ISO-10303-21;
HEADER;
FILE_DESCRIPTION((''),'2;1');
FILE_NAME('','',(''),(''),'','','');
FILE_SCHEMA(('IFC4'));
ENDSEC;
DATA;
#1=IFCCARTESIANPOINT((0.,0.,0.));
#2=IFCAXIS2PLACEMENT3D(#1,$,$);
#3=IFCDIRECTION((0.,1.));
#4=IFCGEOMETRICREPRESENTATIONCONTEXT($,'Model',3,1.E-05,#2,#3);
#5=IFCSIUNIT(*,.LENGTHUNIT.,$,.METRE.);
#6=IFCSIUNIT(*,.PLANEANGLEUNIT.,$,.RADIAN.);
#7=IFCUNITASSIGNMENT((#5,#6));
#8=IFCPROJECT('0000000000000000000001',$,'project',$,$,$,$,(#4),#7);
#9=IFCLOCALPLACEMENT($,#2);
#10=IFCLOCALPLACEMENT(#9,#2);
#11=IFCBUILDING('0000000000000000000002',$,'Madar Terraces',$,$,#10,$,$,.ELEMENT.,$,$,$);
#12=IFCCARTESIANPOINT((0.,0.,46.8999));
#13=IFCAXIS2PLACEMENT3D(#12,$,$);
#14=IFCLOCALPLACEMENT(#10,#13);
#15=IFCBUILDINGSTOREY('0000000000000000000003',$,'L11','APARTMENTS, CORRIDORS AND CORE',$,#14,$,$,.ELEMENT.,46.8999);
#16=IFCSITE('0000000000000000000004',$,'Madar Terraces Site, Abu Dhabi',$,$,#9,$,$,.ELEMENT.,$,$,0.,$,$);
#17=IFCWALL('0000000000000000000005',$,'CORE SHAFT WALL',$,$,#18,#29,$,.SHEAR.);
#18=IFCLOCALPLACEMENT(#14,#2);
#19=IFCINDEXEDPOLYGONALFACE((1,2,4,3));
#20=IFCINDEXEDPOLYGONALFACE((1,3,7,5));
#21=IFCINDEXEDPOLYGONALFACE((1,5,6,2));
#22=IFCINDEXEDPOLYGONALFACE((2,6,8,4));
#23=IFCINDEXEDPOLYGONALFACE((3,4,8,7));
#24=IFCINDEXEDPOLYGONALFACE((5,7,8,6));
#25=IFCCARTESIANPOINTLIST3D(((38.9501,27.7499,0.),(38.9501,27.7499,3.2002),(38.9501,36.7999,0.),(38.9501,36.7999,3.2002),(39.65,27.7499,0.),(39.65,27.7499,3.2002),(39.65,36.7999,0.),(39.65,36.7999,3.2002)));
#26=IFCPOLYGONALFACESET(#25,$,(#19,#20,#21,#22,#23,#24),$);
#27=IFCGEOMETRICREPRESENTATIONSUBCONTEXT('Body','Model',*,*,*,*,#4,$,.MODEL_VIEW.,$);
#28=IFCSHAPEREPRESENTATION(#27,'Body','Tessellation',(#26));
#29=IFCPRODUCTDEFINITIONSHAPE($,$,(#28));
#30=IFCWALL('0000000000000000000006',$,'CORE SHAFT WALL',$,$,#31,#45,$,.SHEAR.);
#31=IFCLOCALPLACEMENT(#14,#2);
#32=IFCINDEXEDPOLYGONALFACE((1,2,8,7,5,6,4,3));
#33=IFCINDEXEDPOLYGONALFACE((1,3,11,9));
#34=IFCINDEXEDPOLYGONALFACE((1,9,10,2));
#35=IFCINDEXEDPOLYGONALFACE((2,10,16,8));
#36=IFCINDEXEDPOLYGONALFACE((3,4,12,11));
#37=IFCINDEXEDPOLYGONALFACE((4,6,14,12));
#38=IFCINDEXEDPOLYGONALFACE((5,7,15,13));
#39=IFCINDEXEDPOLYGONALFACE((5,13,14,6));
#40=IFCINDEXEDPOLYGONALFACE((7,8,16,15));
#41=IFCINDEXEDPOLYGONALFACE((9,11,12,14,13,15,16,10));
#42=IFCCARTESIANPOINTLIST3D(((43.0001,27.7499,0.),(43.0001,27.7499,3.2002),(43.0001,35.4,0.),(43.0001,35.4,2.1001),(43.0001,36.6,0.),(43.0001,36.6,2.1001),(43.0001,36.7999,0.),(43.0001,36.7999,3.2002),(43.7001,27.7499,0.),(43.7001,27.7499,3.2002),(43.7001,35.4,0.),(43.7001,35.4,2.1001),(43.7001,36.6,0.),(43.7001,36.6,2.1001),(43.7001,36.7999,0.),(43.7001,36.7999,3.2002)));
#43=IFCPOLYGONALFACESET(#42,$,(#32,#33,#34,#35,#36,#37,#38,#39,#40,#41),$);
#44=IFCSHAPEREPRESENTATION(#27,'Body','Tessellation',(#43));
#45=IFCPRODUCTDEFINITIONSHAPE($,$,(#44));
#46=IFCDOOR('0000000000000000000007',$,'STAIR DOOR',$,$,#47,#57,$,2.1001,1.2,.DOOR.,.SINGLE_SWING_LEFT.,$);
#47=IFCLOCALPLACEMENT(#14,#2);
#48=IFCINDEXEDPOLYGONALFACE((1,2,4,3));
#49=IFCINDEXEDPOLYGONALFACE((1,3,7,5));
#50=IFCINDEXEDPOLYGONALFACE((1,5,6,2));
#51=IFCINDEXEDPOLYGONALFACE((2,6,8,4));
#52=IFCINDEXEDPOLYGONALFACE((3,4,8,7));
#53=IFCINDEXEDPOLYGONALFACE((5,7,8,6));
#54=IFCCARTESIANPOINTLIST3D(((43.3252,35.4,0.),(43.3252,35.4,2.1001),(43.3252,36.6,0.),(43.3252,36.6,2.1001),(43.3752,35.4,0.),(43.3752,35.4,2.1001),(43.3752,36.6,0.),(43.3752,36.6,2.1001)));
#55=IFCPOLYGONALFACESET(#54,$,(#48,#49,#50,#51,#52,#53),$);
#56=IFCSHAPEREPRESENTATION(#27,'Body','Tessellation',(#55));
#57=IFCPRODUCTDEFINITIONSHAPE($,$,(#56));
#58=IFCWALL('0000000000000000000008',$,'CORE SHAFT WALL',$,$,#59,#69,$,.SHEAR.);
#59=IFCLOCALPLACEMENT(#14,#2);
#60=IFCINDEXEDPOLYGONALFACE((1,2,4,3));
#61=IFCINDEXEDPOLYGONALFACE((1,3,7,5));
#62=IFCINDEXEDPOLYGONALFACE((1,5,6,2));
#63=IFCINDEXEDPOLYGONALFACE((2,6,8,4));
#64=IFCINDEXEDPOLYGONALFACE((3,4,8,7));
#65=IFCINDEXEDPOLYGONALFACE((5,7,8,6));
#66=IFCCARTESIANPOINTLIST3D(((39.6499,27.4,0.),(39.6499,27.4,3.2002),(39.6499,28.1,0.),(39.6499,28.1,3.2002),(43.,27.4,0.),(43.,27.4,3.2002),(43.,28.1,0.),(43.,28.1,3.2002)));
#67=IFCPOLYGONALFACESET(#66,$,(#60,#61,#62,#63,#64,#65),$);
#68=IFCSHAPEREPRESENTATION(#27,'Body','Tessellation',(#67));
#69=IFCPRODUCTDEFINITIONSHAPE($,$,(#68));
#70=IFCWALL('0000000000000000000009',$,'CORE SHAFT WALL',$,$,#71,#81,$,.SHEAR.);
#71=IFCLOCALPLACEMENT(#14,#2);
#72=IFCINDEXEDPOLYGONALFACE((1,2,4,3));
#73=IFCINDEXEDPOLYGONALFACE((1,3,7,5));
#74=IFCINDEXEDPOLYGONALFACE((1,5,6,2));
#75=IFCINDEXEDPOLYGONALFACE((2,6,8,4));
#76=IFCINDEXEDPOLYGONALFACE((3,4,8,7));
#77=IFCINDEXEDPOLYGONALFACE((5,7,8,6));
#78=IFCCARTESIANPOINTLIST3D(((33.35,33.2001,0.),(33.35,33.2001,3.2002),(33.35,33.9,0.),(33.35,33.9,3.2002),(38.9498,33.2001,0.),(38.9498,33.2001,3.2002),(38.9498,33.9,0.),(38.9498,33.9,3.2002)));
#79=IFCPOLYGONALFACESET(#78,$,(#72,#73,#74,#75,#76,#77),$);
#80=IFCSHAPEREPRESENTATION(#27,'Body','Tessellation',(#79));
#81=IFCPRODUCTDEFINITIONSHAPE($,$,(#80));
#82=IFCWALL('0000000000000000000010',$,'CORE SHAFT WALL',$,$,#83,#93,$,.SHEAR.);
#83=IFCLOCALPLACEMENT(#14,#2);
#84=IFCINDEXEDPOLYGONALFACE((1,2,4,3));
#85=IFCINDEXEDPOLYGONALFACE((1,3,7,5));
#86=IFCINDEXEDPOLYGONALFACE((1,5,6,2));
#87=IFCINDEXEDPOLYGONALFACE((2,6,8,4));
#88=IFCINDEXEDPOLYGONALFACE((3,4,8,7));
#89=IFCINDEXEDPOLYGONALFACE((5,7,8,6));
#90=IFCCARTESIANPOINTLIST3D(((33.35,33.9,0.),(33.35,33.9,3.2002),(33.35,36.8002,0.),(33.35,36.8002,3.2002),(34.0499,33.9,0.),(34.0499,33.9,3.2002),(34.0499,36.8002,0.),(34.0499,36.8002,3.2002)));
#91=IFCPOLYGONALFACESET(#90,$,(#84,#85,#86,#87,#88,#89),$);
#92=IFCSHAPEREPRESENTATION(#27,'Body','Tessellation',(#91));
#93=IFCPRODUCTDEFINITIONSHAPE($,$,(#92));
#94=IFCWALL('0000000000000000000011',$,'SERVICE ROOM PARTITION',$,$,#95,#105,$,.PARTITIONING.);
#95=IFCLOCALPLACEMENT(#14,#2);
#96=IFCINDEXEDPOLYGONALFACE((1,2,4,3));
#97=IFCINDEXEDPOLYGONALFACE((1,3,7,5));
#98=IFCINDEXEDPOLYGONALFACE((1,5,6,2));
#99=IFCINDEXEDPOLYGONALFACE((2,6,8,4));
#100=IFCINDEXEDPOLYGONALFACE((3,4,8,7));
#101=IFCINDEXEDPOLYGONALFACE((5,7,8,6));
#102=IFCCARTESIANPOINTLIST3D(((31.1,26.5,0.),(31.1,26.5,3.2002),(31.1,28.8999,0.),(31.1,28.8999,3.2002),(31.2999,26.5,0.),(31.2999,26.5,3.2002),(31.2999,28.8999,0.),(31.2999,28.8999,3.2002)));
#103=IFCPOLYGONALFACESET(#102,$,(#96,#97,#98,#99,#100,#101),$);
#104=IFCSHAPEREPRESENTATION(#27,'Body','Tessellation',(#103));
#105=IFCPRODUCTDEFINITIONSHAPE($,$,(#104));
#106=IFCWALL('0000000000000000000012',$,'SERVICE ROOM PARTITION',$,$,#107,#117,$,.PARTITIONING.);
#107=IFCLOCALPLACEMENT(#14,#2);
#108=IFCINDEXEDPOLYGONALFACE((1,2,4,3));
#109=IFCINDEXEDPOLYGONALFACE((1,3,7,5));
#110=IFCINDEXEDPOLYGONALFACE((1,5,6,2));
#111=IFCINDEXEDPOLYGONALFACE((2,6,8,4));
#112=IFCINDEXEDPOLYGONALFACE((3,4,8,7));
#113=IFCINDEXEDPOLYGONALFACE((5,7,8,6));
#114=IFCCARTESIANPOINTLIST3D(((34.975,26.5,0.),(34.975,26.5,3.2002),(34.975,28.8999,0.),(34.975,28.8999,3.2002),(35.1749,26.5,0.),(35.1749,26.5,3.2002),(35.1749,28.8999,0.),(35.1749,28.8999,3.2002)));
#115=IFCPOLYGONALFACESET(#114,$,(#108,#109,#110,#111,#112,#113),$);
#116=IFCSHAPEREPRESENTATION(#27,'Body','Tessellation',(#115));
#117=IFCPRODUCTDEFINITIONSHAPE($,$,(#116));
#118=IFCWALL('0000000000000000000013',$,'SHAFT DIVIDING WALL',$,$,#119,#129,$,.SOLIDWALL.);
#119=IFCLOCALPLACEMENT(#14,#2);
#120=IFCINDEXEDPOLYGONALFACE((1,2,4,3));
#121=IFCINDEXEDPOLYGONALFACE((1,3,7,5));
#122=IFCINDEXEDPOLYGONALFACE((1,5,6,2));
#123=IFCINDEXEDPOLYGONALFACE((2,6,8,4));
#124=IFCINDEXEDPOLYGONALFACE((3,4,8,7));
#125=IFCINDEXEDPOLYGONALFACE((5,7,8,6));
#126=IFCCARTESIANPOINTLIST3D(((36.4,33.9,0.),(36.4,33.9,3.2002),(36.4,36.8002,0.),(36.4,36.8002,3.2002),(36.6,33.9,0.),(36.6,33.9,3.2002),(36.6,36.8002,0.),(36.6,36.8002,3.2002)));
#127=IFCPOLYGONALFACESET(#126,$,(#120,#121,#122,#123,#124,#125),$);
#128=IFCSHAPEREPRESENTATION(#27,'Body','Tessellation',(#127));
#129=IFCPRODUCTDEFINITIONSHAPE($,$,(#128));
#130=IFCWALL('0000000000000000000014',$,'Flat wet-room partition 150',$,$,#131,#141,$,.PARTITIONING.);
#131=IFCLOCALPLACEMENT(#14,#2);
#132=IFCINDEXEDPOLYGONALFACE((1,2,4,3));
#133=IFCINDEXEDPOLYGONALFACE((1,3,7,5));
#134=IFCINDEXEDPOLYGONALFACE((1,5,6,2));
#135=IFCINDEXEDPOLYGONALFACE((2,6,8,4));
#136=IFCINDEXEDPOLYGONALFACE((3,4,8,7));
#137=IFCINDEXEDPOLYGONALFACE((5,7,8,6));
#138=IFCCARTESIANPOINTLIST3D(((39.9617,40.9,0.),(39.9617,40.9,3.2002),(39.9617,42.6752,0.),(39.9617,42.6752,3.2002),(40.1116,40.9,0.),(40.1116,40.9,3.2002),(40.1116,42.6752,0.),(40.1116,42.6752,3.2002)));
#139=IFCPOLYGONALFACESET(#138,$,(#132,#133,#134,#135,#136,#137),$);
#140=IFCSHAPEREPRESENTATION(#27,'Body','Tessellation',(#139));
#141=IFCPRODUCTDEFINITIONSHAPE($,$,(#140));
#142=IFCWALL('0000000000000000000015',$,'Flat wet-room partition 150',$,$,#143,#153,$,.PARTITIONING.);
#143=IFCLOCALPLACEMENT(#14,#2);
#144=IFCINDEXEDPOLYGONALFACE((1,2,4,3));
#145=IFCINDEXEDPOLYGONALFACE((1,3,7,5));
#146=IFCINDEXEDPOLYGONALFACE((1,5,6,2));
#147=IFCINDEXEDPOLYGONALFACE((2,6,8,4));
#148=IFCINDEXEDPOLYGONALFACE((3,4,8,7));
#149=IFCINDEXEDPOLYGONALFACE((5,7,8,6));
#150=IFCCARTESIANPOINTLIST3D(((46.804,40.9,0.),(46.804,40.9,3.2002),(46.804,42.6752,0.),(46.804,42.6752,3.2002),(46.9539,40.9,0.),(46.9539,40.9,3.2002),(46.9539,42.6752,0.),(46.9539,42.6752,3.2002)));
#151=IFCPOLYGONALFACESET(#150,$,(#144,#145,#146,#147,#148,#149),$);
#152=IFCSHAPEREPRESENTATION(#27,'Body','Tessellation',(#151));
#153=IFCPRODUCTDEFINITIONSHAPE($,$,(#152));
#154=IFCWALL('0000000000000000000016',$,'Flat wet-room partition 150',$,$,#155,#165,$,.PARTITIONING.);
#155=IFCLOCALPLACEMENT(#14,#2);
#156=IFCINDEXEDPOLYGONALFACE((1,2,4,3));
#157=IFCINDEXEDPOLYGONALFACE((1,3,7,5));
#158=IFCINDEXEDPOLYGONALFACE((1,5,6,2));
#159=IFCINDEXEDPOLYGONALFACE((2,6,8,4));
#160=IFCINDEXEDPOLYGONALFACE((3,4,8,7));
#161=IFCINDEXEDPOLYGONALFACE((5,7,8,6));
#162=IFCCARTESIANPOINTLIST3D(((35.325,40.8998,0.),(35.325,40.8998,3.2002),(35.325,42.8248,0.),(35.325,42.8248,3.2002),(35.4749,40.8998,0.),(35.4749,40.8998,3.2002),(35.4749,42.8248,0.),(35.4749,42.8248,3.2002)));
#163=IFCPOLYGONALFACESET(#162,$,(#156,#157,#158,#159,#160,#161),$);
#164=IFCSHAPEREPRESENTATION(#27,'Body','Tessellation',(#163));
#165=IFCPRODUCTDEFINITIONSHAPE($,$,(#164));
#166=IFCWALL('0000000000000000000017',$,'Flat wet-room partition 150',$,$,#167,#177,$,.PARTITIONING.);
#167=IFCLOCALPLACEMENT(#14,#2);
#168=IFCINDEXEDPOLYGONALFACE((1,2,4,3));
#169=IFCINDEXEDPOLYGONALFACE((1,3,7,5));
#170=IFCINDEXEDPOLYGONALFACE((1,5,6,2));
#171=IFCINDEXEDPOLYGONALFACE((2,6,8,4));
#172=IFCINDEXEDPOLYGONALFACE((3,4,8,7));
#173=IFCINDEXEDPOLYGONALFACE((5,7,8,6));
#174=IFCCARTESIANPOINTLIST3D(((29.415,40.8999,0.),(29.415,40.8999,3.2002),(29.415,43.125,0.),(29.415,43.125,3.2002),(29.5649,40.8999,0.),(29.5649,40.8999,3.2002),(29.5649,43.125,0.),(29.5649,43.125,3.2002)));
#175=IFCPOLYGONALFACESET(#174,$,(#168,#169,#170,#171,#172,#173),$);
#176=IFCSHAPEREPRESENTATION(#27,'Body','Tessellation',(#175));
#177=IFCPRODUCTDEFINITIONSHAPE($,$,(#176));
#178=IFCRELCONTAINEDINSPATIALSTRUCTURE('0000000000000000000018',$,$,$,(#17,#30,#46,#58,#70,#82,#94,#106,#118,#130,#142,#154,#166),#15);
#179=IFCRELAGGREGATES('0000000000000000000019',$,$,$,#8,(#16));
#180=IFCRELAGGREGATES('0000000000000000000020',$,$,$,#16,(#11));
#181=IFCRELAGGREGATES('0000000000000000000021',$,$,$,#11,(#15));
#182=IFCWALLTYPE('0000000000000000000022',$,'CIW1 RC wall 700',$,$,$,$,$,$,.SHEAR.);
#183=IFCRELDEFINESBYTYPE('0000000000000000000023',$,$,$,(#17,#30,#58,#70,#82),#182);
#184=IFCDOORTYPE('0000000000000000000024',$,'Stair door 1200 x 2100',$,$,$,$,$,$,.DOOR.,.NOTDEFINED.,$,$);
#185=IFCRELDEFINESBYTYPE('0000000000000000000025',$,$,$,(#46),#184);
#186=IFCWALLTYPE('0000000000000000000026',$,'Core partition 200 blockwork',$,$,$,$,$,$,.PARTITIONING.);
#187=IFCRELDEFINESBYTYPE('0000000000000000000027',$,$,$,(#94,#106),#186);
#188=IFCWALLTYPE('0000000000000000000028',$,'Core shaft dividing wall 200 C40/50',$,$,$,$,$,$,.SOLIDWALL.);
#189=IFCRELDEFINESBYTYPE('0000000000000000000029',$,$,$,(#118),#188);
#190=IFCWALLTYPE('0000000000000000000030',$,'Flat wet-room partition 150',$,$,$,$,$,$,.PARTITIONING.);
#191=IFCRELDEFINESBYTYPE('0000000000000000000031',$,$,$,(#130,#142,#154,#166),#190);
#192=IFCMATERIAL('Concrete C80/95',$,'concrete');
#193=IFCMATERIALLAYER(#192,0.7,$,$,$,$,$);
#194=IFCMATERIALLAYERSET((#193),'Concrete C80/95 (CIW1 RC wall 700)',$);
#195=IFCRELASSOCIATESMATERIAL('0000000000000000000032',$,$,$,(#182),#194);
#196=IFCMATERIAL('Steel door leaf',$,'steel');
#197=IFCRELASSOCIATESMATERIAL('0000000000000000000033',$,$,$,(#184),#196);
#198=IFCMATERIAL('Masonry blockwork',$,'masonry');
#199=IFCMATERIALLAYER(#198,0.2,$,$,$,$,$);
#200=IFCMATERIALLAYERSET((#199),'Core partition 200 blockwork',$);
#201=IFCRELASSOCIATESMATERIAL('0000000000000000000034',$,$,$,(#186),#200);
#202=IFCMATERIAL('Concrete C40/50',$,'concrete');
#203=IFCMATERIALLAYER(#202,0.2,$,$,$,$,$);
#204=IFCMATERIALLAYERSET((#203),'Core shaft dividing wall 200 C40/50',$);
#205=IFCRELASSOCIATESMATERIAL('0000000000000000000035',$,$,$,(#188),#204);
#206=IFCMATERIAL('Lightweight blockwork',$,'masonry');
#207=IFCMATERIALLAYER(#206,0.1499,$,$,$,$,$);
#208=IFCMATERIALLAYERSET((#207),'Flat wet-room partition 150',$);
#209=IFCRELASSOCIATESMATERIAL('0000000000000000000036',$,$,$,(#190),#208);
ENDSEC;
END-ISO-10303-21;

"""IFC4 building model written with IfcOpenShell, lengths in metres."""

from ifc_helpers import new_model, si_unit, direction, frame, frame_2d, origin, place, context, subcontext, project, spatial, rectangle, extrude, material, layer, layer_set, type_object, element, fill, save


model = new_model("IFC4")

# Units and contexts
model_context = context("Model", 3, precision=1e-05, world=origin(), true_north=direction((0.0, 1.0)))
body_context = subcontext(model_context, "Body", "Model", "MODEL_VIEW")
ifc_project = project(units=[si_unit("LENGTHUNIT", "METRE"), si_unit("PLANEANGLEUNIT", "RADIAN")], contexts=[model_context])

# Site, building, storey
site_placement = place(None, origin())
site = spatial("IfcSite", under=ifc_project, at=site_placement, Name="Madar Terraces Site, Abu Dhabi", CompositionType="ELEMENT", RefElevation=0.0)
building_placement = place(site_placement, origin())
building = spatial("IfcBuilding", under=site, at=building_placement, Name="Madar Terraces", CompositionType="ELEMENT")
storey_placement = place(building_placement, frame((0.0, 0.0, 46.8999)))
storey = spatial("IfcBuildingStorey", under=building, at=storey_placement, Name="L11", Description="APARTMENTS, CORRIDORS AND CORE", CompositionType="ELEMENT", Elevation=46.8999)

# Wall
ifc_material_1 = material(Name="Concrete C80/95", Category="concrete")
ifc_layer_1 = layer(ifc_material_1, 0.7)
ifc_layer_set_1 = layer_set([ifc_layer_1], Name="Concrete C80/95 (CIW1 RC wall 700)")
wall_type_1 = type_object("IfcWallType", Name="CIW1 RC wall 700", PredefinedType="SHEAR", material=ifc_layer_set_1)
wall_1_placement = place(storey_placement, frame((39.3, 27.75, 0.0), z_axis=(0.0, 0.0, 1.0), x_axis=(0.0, 1.0, 0.0)))
element("IfcWall", 1, at=wall_1_placement, inside=storey, type_object=wall_type_1, Name="CORE SHAFT WALL", PredefinedType="SHEAR", context=body_context, shape_type="SweptSolid", body=[
    extrude(rectangle(XDim=9.05, YDim=0.7, at=frame_2d((4.5249, 0.0))), origin(), (0.0, 0.0, 1.0), 3.2002),
])

# Wall, opening, door
wall_2_placement = place(storey_placement, frame((43.3501, 27.75, 0.0), z_axis=(0.0, 0.0, 1.0), x_axis=(0.0, 1.0, 0.0)))
wall_2 = element("IfcWall", 2, at=wall_2_placement, inside=storey, type_object=wall_type_1, Name="CORE SHAFT WALL", PredefinedType="SHEAR", context=body_context, shape_type="SweptSolid", body=[
    extrude(rectangle(XDim=9.05, YDim=0.7, at=frame_2d((4.5249, 0.0))), origin(), (0.0, 0.0, 1.0), 3.2002),
])
opening_placement = place(wall_2_placement, frame((7.6499, 0.0, 0.0)))
opening = element("IfcOpeningElement", 3, at=opening_placement, cuts=wall_2, PredefinedType="OPENING", context=body_context, shape_type="SweptSolid", body=[
    extrude(rectangle(XDim=1.2, YDim=2.1001, at=frame_2d((0.6001, 1.05))), frame((0.0, 0.3599, 0.0), z_axis=(0.0, -1.0, 0.0), x_axis=(1.0, 0.0, 0.0)), (0.0, 0.0, 1.0), 0.72),
])
ifc_material_2 = material(Name="Steel door leaf", Category="steel")
door_type = type_object("IfcDoorType", Name="Stair door 1200 x 2100", OperationType="NOTDEFINED", PredefinedType="DOOR", material=ifc_material_2)
door_placement = place(opening_placement, origin())
door = element("IfcDoor", 4, at=door_placement, inside=storey, type_object=door_type, Name="STAIR DOOR", OperationType="SINGLE_SWING_LEFT", OverallHeight=2.1001, OverallWidth=1.2, PredefinedType="DOOR", context=body_context, shape_type="SweptSolid", body=[
    extrude(rectangle(XDim=1.2, YDim=2.1001, at=frame_2d((0.6001, 1.05))), frame((0.0, 0.0249, 0.0), z_axis=(0.0, -1.0, 0.0), x_axis=(1.0, 0.0, 0.0)), (0.0, 0.0, 1.0), 0.05),
])
fill(opening, door)

# Walls
wall_3_placement = place(storey_placement, frame((39.6499, 27.75, 0.0), z_axis=(0.0, 0.0, 1.0), x_axis=(1.0, 0.0, 0.0)))
element("IfcWall", 5, at=wall_3_placement, inside=storey, type_object=wall_type_1, Name="CORE SHAFT WALL", PredefinedType="SHEAR", context=body_context, shape_type="SweptSolid", body=[
    extrude(rectangle(XDim=3.3501, YDim=0.7, at=frame_2d((1.675, 0.0))), origin(), (0.0, 0.0, 1.0), 3.2002),
])
wall_4_placement = place(storey_placement, frame((33.3501, 33.55, 0.0), z_axis=(0.0, 0.0, 1.0), x_axis=(1.0, 0.0, 0.0)))
element("IfcWall", 6, at=wall_4_placement, inside=storey, type_object=wall_type_1, Name="CORE SHAFT WALL", PredefinedType="SHEAR", context=body_context, shape_type="SweptSolid", body=[
    extrude(rectangle(XDim=5.5999, YDim=0.7, at=frame_2d((2.7998, 0.0))), origin(), (0.0, 0.0, 1.0), 3.2002),
])
wall_5_placement = place(storey_placement, frame((33.7, 33.8999, 0.0), z_axis=(0.0, 0.0, 1.0), x_axis=(0.0, 1.0, 0.0)))
element("IfcWall", 7, at=wall_5_placement, inside=storey, type_object=wall_type_1, Name="CORE SHAFT WALL", PredefinedType="SHEAR", context=body_context, shape_type="SweptSolid", body=[
    extrude(rectangle(XDim=2.9001, YDim=0.7, at=frame_2d((1.4502, 0.0))), origin(), (0.0, 0.0, 1.0), 3.2002),
])
ifc_material_3 = material(Name="Masonry blockwork", Category="masonry")
ifc_layer_2 = layer(ifc_material_3, 0.2)
ifc_layer_set_2 = layer_set([ifc_layer_2], Name="Core partition 200 blockwork")
wall_type_2 = type_object("IfcWallType", Name="Core partition 200 blockwork", PredefinedType="PARTITIONING", material=ifc_layer_set_2)
for number, where, z_axis, x_axis, name in (
    (8, (31.2, 26.5, 0.0), (0.0, 0.0, 1.0), (0.0, 1.0, 0.0), "SERVICE ROOM PARTITION"),
    (9, (35.075, 26.5, 0.0), (0.0, 0.0, 1.0), (0.0, 1.0, 0.0), "SERVICE ROOM PARTITION"),
):
    element("IfcWall", number, at=place(storey_placement, frame(where, z_axis=z_axis, x_axis=x_axis)), inside=storey, type_object=wall_type_2, Name=name, PredefinedType="PARTITIONING", context=body_context, shape_type="SweptSolid", body=[
        extrude(rectangle(XDim=2.3999, YDim=0.2, at=frame_2d((1.2, 0.0))), origin(), (0.0, 0.0, 1.0), 3.2002),
    ])
ifc_material_4 = material(Name="Concrete C40/50", Category="concrete")
ifc_layer_3 = layer(ifc_material_4, 0.2)
ifc_layer_set_3 = layer_set([ifc_layer_3], Name="Core shaft dividing wall 200 C40/50")
wall_type_3 = type_object("IfcWallType", Name="Core shaft dividing wall 200 C40/50", PredefinedType="SOLIDWALL", material=ifc_layer_set_3)
wall_6_placement = place(storey_placement, frame((36.5, 33.8999, 0.0), z_axis=(0.0, 0.0, 1.0), x_axis=(0.0, 1.0, 0.0)))
element("IfcWall", 10, at=wall_6_placement, inside=storey, type_object=wall_type_3, Name="SHAFT DIVIDING WALL", PredefinedType="SOLIDWALL", context=body_context, shape_type="SweptSolid", body=[
    extrude(rectangle(XDim=2.9001, YDim=0.2, at=frame_2d((1.4502, 0.0))), origin(), (0.0, 0.0, 1.0), 3.2002),
])
ifc_material_5 = material(Name="Lightweight blockwork", Category="masonry")
ifc_layer_4 = layer(ifc_material_5, 0.1499)
ifc_layer_set_4 = layer_set([ifc_layer_4], Name="Flat wet-room partition 150")
wall_type_4 = type_object("IfcWallType", Name="Flat wet-room partition 150", PredefinedType="PARTITIONING", material=ifc_layer_set_4)
for number, where, z_axis, x_axis, name in (
    (11, (40.0366, 40.8999, 0.0), (0.0, 0.0, 1.0), (0.0, 1.0, 0.0), "Flat wet-room partition 150"),
    (12, (46.8789, 40.8999, 0.0), (0.0, 0.0, 1.0), (0.0, 1.0, 0.0), "Flat wet-room partition 150"),
):
    element("IfcWall", number, at=place(storey_placement, frame(where, z_axis=z_axis, x_axis=x_axis)), inside=storey, type_object=wall_type_4, Name=name, PredefinedType="PARTITIONING", context=body_context, shape_type="SweptSolid", body=[
        extrude(rectangle(XDim=1.7751, YDim=0.1499, at=frame_2d((0.8877, 0.0))), origin(), (0.0, 0.0, 1.0), 3.2002),
    ])
wall_7_placement = place(storey_placement, frame((35.3999, 40.8999, 0.0), z_axis=(0.0, 0.0, 1.0), x_axis=(0.0, 1.0, 0.0)))
element("IfcWall", 13, at=wall_7_placement, inside=storey, type_object=wall_type_4, Name="Flat wet-room partition 150", PredefinedType="PARTITIONING", context=body_context, shape_type="SweptSolid", body=[
    extrude(rectangle(XDim=1.925, YDim=0.1499, at=frame_2d((0.9624, 0.0))), origin(), (0.0, 0.0, 1.0), 3.2002),
])
wall_8_placement = place(storey_placement, frame((29.49, 40.8999, 0.0), z_axis=(0.0, 0.0, 1.0), x_axis=(0.0, 1.0, 0.0)))
element("IfcWall", 14, at=wall_8_placement, inside=storey, type_object=wall_type_4, Name="Flat wet-room partition 150", PredefinedType="PARTITIONING", context=body_context, shape_type="SweptSolid", body=[
    extrude(rectangle(XDim=2.2251, YDim=0.1499, at=frame_2d((1.1125, 0.0))), origin(), (0.0, 0.0, 1.0), 3.2002),
])

save(model, "model.ifc")
